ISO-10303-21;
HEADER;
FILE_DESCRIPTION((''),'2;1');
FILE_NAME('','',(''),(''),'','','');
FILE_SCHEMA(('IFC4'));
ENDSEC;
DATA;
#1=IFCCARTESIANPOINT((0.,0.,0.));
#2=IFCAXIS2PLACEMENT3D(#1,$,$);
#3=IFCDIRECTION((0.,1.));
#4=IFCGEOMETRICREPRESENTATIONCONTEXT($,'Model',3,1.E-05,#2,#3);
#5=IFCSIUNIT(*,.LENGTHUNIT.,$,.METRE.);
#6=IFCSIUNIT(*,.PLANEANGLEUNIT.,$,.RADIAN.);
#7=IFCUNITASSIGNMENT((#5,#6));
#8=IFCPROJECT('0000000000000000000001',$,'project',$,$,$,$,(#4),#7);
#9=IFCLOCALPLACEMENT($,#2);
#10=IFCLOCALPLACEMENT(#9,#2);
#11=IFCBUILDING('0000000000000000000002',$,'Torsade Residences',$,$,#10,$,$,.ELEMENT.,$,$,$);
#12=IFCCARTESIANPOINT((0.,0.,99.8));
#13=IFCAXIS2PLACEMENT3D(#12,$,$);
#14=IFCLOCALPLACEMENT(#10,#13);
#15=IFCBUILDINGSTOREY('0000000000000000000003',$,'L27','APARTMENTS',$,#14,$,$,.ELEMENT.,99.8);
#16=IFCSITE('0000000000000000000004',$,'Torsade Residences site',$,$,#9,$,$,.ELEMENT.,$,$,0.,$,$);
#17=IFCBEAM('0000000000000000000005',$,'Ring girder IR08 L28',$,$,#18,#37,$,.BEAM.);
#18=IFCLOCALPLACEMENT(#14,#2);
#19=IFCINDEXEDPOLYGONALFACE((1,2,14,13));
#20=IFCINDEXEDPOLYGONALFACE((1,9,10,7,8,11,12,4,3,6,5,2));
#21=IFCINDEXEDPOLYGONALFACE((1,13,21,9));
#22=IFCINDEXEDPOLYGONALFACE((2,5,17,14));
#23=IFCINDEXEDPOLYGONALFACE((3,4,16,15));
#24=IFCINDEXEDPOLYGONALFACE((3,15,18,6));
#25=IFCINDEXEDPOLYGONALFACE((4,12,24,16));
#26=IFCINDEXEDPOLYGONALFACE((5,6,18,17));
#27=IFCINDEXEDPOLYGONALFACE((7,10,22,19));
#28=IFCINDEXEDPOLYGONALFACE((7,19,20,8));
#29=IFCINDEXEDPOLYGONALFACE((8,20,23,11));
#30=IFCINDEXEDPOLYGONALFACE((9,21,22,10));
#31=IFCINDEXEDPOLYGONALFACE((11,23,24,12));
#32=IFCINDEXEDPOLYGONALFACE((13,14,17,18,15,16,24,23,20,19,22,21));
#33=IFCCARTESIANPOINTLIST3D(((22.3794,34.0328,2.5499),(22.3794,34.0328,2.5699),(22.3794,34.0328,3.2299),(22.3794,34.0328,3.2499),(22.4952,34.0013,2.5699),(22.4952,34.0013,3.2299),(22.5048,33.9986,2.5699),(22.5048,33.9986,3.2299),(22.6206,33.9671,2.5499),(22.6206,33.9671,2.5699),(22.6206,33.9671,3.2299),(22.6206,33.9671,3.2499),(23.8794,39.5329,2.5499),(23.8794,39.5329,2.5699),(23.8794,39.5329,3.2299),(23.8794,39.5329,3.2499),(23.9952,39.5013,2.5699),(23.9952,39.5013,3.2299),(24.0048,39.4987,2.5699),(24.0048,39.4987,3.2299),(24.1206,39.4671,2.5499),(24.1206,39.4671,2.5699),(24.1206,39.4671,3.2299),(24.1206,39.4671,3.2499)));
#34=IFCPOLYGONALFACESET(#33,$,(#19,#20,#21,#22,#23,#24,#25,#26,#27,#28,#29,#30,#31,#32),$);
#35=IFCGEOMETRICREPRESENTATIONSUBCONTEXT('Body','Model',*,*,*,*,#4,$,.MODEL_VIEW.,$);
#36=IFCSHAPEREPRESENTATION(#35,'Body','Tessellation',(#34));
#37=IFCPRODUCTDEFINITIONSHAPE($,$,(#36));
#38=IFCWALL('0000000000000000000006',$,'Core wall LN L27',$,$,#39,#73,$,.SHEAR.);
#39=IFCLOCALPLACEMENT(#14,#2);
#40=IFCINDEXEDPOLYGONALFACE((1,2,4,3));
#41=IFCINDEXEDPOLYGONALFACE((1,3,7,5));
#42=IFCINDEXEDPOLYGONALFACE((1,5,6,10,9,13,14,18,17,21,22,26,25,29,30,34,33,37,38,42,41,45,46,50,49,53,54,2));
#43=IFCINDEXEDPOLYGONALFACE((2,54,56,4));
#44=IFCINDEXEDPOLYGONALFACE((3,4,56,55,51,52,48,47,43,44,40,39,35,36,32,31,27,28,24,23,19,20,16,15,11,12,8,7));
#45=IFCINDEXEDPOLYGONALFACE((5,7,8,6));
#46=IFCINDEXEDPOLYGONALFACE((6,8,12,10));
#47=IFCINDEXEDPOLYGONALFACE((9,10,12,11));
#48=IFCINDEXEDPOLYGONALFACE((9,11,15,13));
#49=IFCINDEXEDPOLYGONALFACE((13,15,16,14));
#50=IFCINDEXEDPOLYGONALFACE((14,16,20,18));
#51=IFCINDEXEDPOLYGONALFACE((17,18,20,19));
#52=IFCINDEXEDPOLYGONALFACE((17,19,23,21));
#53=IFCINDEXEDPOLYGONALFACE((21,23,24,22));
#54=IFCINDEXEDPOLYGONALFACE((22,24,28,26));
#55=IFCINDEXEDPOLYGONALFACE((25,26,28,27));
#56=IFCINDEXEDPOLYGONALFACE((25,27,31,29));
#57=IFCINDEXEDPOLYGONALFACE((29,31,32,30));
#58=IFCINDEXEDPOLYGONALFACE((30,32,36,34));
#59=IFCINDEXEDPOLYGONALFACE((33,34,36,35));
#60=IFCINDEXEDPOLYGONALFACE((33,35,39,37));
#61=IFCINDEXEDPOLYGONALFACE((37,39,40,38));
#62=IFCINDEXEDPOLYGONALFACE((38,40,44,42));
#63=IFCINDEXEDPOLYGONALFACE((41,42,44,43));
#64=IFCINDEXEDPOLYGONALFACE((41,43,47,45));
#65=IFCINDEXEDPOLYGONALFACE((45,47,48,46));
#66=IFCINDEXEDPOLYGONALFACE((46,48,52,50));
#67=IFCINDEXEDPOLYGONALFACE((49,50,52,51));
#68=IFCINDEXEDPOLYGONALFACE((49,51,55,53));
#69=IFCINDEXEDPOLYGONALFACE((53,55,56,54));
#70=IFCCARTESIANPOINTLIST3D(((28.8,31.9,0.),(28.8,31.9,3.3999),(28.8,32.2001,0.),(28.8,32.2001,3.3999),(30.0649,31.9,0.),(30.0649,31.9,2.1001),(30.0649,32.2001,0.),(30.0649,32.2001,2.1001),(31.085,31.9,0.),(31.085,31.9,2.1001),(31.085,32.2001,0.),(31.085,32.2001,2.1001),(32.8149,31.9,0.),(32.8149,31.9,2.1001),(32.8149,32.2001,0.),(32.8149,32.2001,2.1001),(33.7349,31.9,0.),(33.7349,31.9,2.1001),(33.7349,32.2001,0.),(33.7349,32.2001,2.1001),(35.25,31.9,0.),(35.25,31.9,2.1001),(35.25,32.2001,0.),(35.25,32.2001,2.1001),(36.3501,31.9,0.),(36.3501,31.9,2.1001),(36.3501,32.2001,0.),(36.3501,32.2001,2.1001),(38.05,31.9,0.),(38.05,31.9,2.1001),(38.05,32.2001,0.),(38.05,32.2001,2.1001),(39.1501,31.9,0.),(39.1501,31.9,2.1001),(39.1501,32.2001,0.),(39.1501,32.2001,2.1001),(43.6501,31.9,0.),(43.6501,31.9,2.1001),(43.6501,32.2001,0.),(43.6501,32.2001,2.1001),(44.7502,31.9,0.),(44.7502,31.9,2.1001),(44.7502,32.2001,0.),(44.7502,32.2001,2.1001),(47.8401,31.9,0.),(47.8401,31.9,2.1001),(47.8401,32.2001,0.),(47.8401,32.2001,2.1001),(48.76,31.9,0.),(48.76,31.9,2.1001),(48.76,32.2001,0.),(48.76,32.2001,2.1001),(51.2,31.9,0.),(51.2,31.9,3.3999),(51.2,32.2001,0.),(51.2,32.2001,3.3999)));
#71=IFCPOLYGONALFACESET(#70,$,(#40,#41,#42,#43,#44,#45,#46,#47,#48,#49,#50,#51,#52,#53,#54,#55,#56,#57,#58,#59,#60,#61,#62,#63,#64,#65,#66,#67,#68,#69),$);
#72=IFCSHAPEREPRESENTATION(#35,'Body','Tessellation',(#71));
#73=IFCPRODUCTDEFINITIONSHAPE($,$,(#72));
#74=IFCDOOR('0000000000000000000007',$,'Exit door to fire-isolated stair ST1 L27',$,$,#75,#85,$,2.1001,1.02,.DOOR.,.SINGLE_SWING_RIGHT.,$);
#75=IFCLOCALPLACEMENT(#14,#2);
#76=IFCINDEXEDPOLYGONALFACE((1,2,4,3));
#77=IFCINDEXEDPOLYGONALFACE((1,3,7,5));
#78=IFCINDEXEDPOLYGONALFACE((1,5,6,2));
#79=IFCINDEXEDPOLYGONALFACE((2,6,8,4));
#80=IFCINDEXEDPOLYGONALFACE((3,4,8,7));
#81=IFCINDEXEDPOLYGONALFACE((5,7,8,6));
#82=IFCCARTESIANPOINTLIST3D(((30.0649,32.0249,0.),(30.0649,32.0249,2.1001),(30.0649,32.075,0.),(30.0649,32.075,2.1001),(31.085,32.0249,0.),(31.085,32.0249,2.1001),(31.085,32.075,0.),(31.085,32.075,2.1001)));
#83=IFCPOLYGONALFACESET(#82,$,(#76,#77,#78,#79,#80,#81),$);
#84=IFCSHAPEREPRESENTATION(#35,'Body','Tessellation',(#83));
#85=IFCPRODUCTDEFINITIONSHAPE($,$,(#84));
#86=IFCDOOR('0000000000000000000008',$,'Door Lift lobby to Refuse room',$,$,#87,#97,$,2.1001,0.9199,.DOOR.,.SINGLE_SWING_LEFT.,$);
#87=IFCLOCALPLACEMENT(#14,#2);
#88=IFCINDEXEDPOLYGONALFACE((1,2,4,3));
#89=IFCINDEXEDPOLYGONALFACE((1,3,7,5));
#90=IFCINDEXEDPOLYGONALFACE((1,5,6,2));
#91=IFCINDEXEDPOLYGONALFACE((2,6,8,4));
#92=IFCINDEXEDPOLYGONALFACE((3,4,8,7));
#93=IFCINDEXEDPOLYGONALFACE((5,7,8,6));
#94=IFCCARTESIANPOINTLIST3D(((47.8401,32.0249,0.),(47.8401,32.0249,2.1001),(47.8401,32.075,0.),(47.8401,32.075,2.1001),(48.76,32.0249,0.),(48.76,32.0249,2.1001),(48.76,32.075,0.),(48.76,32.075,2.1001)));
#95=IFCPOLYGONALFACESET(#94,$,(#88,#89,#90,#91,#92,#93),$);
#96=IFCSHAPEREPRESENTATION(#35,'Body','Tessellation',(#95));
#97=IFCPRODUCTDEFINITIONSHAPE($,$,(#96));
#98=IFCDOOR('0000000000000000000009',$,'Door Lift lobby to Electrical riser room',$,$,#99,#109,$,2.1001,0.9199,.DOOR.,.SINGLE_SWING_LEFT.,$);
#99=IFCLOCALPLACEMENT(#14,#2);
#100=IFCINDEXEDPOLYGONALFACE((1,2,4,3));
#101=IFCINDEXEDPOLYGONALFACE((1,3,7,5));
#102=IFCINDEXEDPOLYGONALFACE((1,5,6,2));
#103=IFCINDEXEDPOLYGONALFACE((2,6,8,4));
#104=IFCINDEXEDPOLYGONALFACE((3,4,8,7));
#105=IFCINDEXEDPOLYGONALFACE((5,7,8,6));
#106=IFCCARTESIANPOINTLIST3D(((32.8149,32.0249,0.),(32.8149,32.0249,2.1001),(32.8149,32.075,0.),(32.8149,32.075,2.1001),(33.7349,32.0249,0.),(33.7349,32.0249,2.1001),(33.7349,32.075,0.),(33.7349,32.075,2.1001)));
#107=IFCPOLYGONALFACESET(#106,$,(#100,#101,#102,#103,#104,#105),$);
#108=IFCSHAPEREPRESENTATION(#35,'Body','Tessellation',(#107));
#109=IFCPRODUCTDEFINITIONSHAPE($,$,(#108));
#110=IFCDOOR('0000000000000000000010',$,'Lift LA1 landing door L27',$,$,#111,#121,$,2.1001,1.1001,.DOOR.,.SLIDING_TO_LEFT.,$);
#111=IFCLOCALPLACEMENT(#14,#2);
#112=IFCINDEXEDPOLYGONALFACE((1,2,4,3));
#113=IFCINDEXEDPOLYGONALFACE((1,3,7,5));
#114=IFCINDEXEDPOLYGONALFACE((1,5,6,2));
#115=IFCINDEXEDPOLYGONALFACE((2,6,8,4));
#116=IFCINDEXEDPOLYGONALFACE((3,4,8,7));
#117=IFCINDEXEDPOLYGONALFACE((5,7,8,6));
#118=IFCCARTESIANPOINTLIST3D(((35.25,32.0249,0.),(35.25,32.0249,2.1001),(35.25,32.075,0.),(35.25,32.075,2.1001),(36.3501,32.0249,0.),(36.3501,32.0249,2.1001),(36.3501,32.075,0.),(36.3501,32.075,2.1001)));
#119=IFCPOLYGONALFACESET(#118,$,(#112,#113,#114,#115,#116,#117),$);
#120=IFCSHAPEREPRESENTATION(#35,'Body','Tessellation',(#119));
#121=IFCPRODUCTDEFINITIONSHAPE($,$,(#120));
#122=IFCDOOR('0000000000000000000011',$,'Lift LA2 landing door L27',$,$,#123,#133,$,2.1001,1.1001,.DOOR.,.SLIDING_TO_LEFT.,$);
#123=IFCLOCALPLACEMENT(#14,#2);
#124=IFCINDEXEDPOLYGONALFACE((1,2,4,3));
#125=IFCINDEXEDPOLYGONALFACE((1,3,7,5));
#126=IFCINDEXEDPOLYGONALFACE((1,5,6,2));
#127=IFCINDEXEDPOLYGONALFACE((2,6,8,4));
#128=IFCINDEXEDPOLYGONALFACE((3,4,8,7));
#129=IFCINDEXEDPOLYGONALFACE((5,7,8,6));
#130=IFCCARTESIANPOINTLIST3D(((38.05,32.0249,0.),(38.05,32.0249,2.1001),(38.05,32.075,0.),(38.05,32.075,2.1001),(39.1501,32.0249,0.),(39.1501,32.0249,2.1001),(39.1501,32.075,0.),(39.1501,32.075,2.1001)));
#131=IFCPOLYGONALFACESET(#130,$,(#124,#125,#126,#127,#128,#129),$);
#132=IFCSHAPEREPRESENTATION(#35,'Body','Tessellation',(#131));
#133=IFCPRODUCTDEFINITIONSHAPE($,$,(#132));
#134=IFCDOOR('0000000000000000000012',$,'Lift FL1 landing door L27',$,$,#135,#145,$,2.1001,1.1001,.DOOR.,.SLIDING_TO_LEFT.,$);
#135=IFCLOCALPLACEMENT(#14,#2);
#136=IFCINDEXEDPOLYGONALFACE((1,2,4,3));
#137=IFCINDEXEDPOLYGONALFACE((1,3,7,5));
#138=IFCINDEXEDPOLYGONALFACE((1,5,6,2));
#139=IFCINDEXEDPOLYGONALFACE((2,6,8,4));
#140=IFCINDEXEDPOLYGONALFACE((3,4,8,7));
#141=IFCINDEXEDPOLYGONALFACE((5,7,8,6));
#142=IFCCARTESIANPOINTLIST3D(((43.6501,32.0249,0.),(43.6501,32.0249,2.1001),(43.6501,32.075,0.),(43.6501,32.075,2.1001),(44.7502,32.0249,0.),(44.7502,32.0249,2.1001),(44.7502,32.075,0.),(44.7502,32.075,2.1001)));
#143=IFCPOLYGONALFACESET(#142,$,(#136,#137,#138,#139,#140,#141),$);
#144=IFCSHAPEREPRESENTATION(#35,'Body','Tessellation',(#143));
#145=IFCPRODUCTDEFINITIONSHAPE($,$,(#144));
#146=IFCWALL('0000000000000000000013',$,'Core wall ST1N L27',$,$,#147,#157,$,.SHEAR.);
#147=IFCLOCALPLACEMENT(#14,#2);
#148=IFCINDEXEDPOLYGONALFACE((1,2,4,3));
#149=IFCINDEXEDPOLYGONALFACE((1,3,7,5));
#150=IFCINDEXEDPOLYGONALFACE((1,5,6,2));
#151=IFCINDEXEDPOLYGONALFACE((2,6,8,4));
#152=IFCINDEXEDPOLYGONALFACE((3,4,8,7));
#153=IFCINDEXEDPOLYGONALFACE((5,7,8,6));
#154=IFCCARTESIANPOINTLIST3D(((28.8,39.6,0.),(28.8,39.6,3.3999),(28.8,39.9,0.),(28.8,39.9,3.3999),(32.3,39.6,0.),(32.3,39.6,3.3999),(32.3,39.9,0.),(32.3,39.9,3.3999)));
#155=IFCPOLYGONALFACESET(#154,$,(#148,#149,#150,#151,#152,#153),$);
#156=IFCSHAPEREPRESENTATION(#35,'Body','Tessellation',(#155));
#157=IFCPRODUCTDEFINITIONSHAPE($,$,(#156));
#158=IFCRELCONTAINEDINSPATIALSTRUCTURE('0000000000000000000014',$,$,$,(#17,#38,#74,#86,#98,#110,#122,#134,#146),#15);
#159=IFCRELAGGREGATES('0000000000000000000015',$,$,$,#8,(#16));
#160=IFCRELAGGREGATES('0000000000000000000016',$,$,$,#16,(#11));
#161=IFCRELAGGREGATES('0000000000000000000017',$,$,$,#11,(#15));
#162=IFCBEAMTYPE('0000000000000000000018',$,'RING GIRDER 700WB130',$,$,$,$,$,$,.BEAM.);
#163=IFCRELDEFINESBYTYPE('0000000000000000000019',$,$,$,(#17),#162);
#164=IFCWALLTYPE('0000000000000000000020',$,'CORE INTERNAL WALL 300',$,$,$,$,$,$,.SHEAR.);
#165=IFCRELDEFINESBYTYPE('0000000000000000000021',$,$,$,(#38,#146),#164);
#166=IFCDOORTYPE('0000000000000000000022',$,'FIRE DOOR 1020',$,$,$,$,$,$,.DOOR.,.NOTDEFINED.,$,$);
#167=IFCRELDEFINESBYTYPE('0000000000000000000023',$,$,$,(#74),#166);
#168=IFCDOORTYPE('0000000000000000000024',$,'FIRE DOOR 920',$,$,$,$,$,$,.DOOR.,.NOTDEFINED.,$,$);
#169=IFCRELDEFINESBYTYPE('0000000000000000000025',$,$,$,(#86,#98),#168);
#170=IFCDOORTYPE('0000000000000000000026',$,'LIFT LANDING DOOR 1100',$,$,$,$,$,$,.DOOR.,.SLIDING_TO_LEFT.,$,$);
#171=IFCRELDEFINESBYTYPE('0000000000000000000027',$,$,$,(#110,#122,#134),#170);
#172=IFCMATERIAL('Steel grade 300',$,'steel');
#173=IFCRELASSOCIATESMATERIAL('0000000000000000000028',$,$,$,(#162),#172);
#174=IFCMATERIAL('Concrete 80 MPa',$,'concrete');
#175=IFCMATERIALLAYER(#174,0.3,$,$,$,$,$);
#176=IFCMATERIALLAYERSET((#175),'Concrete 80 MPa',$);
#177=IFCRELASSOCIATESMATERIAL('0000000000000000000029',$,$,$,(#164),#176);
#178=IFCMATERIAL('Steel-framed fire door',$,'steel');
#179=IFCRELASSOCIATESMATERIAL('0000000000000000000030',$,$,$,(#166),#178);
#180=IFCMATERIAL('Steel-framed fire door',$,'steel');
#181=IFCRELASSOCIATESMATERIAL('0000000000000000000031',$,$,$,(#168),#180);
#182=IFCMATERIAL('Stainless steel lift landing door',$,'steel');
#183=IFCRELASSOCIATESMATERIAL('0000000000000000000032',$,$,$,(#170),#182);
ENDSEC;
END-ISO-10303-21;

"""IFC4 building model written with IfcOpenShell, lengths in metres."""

from ifc_helpers import new_model, si_unit, direction, frame, frame_2d, origin, origin_2d, place, context, subcontext, project, spatial, rectangle, i_section, extrude, material, layer, layer_set, material_profile, profile_set, type_object, element, fill, save


model = new_model("IFC4")

# Units and contexts
model_context = context("Model", 3, precision=1e-05, world=origin(), true_north=direction((0.0, 1.0)))
body_context = subcontext(model_context, "Body", "Model", "MODEL_VIEW")
ifc_project = project(units=[si_unit("LENGTHUNIT", "METRE"), si_unit("PLANEANGLEUNIT", "RADIAN")], contexts=[model_context])

# Site, building, storey
site_placement = place(None, origin())
site = spatial("IfcSite", under=ifc_project, at=site_placement, Name="Torsade Residences site", CompositionType="ELEMENT", RefElevation=0.0)
building_placement = place(site_placement, origin())
building = spatial("IfcBuilding", under=site, at=building_placement, Name="Torsade Residences", CompositionType="ELEMENT")
storey_placement = place(building_placement, frame((0.0, 0.0, 99.8)))
storey = spatial("IfcBuildingStorey", under=building, at=storey_placement, Name="L27", Description="APARTMENTS", CompositionType="ELEMENT", Elevation=99.8)

# Beam
ifc_material_1 = material(Name="Steel grade 300", Category="steel")
ifc_material_profile_1 = material_profile(ifc_material_1, i_section(OverallWidth=0.25, OverallDepth=0.7, WebThickness=0.01, FlangeThickness=0.02, at=origin_2d()), Name="700WB130")
ifc_profile_set_1 = profile_set([ifc_material_profile_1], Name="Steel grade 300")
beam_type_1 = type_object("IfcBeamType", Name="RING GIRDER 700WB130", PredefinedType="BEAM", material=ifc_profile_set_1)
beam_1_placement = place(storey_placement, frame((24.0, 39.5, 2.8999), z_axis=(-0.263117, -0.964764, 0.0), x_axis=(0.964764, -0.263117, 0.0)))
element("IfcBeam", 1, at=beam_1_placement, inside=storey, type_object=beam_type_1, Name="Ring girder IR08 L28", PredefinedType="BEAM", context=body_context, shape_type="SweptSolid", body=[
    extrude(i_section(OverallWidth=0.25, OverallDepth=0.7, WebThickness=0.01, FlangeThickness=0.02, at=origin_2d()), origin(), (0.0, 0.0, 1.0), 5.7009),
])

# Wall, openings, doors
ifc_material_2 = material(Name="Concrete 80 MPa", Category="concrete")
ifc_layer_1 = layer(ifc_material_2, 0.3)
ifc_layer_set_1 = layer_set([ifc_layer_1], Name="Concrete 80 MPa")
wall_type_1 = type_object("IfcWallType", Name="CORE INTERNAL WALL 300", PredefinedType="SHEAR", material=ifc_layer_set_1)
wall_1_placement = place(storey_placement, frame((28.8, 32.05, 0.0), z_axis=(0.0, 0.0, 1.0), x_axis=(1.0, 0.0, 0.0)))
wall_1 = element("IfcWall", 2, at=wall_1_placement, inside=storey, type_object=wall_type_1, Name="Core wall LN L27", PredefinedType="SHEAR", context=body_context, shape_type="SweptSolid", body=[
    extrude(rectangle(XDim=22.3999, YDim=0.3, at=frame_2d((11.2, 0.0))), origin(), (0.0, 0.0, 1.0), 3.3999),
])
opening_1_placement = place(wall_1_placement, frame((19.04, 0.0, 0.0)))
opening_1 = element("IfcOpeningElement", 3, at=opening_1_placement, cuts=wall_1, PredefinedType="OPENING", context=body_context, shape_type="SweptSolid", body=[
    extrude(rectangle(XDim=0.9199, YDim=2.1001, at=frame_2d((0.46, 1.05))), frame((0.0, 0.1599, 0.0), z_axis=(0.0, -1.0, 0.0), x_axis=(1.0, 0.0, 0.0)), (0.0, 0.0, 1.0), 0.3201),
])
opening_2_placement = place(wall_1_placement, frame((1.2649, 0.0, 0.0)))
opening_2 = element("IfcOpeningElement", 4, at=opening_2_placement, cuts=wall_1, PredefinedType="OPENING", context=body_context, shape_type="SweptSolid", body=[
    extrude(rectangle(XDim=1.02, YDim=2.1001, at=frame_2d((0.51, 1.05))), frame((0.0, 0.1599, 0.0), z_axis=(0.0, -1.0, 0.0), x_axis=(1.0, 0.0, 0.0)), (0.0, 0.0, 1.0), 0.3201),
])
opening_3_placement = place(wall_1_placement, frame((4.0149, 0.0, 0.0)))
opening_3 = element("IfcOpeningElement", 5, at=opening_3_placement, cuts=wall_1, PredefinedType="OPENING", context=body_context, shape_type="SweptSolid", body=[
    extrude(rectangle(XDim=0.9199, YDim=2.1001, at=frame_2d((0.46, 1.05))), frame((0.0, 0.1599, 0.0), z_axis=(0.0, -1.0, 0.0), x_axis=(1.0, 0.0, 0.0)), (0.0, 0.0, 1.0), 0.3201),
])
opening_4_placement = place(wall_1_placement, frame((6.45, 0.0, 0.0)))
opening_4 = element("IfcOpeningElement", 6, at=opening_4_placement, cuts=wall_1, PredefinedType="OPENING", context=body_context, shape_type="SweptSolid", body=[
    extrude(rectangle(XDim=1.1001, YDim=2.1001, at=frame_2d((0.55, 1.05))), frame((0.0, 0.1599, 0.0), z_axis=(0.0, -1.0, 0.0), x_axis=(1.0, 0.0, 0.0)), (0.0, 0.0, 1.0), 0.3201),
])
opening_5_placement = place(wall_1_placement, frame((9.25, 0.0, 0.0)))
opening_5 = element("IfcOpeningElement", 7, at=opening_5_placement, cuts=wall_1, PredefinedType="OPENING", context=body_context, shape_type="SweptSolid", body=[
    extrude(rectangle(XDim=1.1001, YDim=2.1001, at=frame_2d((0.55, 1.05))), frame((0.0, 0.1599, 0.0), z_axis=(0.0, -1.0, 0.0), x_axis=(1.0, 0.0, 0.0)), (0.0, 0.0, 1.0), 0.3201),
])
opening_6_placement = place(wall_1_placement, frame((14.8501, 0.0, 0.0)))
opening_6 = element("IfcOpeningElement", 8, at=opening_6_placement, cuts=wall_1, PredefinedType="OPENING", context=body_context, shape_type="SweptSolid", body=[
    extrude(rectangle(XDim=1.1001, YDim=2.1001, at=frame_2d((0.55, 1.05))), frame((0.0, 0.1599, 0.0), z_axis=(0.0, -1.0, 0.0), x_axis=(1.0, 0.0, 0.0)), (0.0, 0.0, 1.0), 0.3201),
])
ifc_material_3 = material(Name="Steel-framed fire door", Category="steel")
door_type_1 = type_object("IfcDoorType", Name="FIRE DOOR 1020", OperationType="NOTDEFINED", PredefinedType="DOOR", material=ifc_material_3)
door_1_placement = place(opening_2_placement, origin())
door_1 = element("IfcDoor", 9, at=door_1_placement, inside=storey, type_object=door_type_1, Name="Exit door to fire-isolated stair ST1 L27", OperationType="SINGLE_SWING_RIGHT", OverallHeight=2.1001, OverallWidth=1.02, PredefinedType="DOOR", context=body_context, shape_type="SweptSolid", body=[
    extrude(rectangle(XDim=1.02, YDim=2.1001, at=frame_2d((0.51, 1.05))), frame((0.0, 0.0249, 0.0), z_axis=(0.0, -1.0, 0.0), x_axis=(1.0, 0.0, 0.0)), (0.0, 0.0, 1.0), 0.05),
])
fill(opening_2, door_1)
ifc_material_4 = material(Name="Steel-framed fire door", Category="steel")
door_type_2 = type_object("IfcDoorType", Name="FIRE DOOR 920", OperationType="NOTDEFINED", PredefinedType="DOOR", material=ifc_material_4)
door_2_placement = place(opening_1_placement, origin())
door_2 = element("IfcDoor", 10, at=door_2_placement, inside=storey, type_object=door_type_2, Name="Door Lift lobby to Refuse room", OperationType="SINGLE_SWING_LEFT", OverallHeight=2.1001, OverallWidth=0.9199, PredefinedType="DOOR", context=body_context, shape_type="SweptSolid", body=[
    extrude(rectangle(XDim=0.9199, YDim=2.1001, at=frame_2d((0.46, 1.05))), frame((0.0, 0.0249, 0.0), z_axis=(0.0, -1.0, 0.0), x_axis=(1.0, 0.0, 0.0)), (0.0, 0.0, 1.0), 0.05),
])
fill(opening_1, door_2)
door_3_placement = place(opening_3_placement, origin())
door_3 = element("IfcDoor", 11, at=door_3_placement, inside=storey, type_object=door_type_2, Name="Door Lift lobby to Electrical riser room", OperationType="SINGLE_SWING_LEFT", OverallHeight=2.1001, OverallWidth=0.9199, PredefinedType="DOOR", context=body_context, shape_type="SweptSolid", body=[
    extrude(rectangle(XDim=0.9199, YDim=2.1001, at=frame_2d((0.46, 1.05))), frame((0.0, 0.0249, 0.0), z_axis=(0.0, -1.0, 0.0), x_axis=(1.0, 0.0, 0.0)), (0.0, 0.0, 1.0), 0.05),
])
fill(opening_3, door_3)
ifc_material_5 = material(Name="Stainless steel lift landing door", Category="steel")
door_type_3 = type_object("IfcDoorType", Name="LIFT LANDING DOOR 1100", OperationType="SLIDING_TO_LEFT", PredefinedType="DOOR", material=ifc_material_5)
door_4_placement = place(opening_4_placement, origin())
door_4 = element("IfcDoor", 12, at=door_4_placement, inside=storey, type_object=door_type_3, Name="Lift LA1 landing door L27", OperationType="SLIDING_TO_LEFT", OverallHeight=2.1001, OverallWidth=1.1001, PredefinedType="DOOR", context=body_context, shape_type="SweptSolid", body=[
    extrude(rectangle(XDim=1.1001, YDim=2.1001, at=frame_2d((0.55, 1.05))), frame((0.0, 0.0249, 0.0), z_axis=(0.0, -1.0, 0.0), x_axis=(1.0, 0.0, 0.0)), (0.0, 0.0, 1.0), 0.05),
])
fill(opening_4, door_4)
door_5_placement = place(opening_5_placement, origin())
door_5 = element("IfcDoor", 13, at=door_5_placement, inside=storey, type_object=door_type_3, Name="Lift LA2 landing door L27", OperationType="SLIDING_TO_LEFT", OverallHeight=2.1001, OverallWidth=1.1001, PredefinedType="DOOR", context=body_context, shape_type="SweptSolid", body=[
    extrude(rectangle(XDim=1.1001, YDim=2.1001, at=frame_2d((0.55, 1.05))), frame((0.0, 0.0249, 0.0), z_axis=(0.0, -1.0, 0.0), x_axis=(1.0, 0.0, 0.0)), (0.0, 0.0, 1.0), 0.05),
])
fill(opening_5, door_5)
door_6_placement = place(opening_6_placement, origin())
door_6 = element("IfcDoor", 14, at=door_6_placement, inside=storey, type_object=door_type_3, Name="Lift FL1 landing door L27", OperationType="SLIDING_TO_LEFT", OverallHeight=2.1001, OverallWidth=1.1001, PredefinedType="DOOR", context=body_context, shape_type="SweptSolid", body=[
    extrude(rectangle(XDim=1.1001, YDim=2.1001, at=frame_2d((0.55, 1.05))), frame((0.0, 0.0249, 0.0), z_axis=(0.0, -1.0, 0.0), x_axis=(1.0, 0.0, 0.0)), (0.0, 0.0, 1.0), 0.05),
])
fill(opening_6, door_6)

# Wall
wall_2_placement = place(storey_placement, frame((28.8, 39.75, 0.0), z_axis=(0.0, 0.0, 1.0), x_axis=(1.0, 0.0, 0.0)))
element("IfcWall", 15, at=wall_2_placement, inside=storey, type_object=wall_type_1, Name="Core wall ST1N L27", PredefinedType="SHEAR", context=body_context, shape_type="SweptSolid", body=[
    extrude(rectangle(XDim=3.5, YDim=0.3, at=frame_2d((1.75, 0.0))), origin(), (0.0, 0.0, 1.0), 3.3999),
])

save(model, "model.ifc")
